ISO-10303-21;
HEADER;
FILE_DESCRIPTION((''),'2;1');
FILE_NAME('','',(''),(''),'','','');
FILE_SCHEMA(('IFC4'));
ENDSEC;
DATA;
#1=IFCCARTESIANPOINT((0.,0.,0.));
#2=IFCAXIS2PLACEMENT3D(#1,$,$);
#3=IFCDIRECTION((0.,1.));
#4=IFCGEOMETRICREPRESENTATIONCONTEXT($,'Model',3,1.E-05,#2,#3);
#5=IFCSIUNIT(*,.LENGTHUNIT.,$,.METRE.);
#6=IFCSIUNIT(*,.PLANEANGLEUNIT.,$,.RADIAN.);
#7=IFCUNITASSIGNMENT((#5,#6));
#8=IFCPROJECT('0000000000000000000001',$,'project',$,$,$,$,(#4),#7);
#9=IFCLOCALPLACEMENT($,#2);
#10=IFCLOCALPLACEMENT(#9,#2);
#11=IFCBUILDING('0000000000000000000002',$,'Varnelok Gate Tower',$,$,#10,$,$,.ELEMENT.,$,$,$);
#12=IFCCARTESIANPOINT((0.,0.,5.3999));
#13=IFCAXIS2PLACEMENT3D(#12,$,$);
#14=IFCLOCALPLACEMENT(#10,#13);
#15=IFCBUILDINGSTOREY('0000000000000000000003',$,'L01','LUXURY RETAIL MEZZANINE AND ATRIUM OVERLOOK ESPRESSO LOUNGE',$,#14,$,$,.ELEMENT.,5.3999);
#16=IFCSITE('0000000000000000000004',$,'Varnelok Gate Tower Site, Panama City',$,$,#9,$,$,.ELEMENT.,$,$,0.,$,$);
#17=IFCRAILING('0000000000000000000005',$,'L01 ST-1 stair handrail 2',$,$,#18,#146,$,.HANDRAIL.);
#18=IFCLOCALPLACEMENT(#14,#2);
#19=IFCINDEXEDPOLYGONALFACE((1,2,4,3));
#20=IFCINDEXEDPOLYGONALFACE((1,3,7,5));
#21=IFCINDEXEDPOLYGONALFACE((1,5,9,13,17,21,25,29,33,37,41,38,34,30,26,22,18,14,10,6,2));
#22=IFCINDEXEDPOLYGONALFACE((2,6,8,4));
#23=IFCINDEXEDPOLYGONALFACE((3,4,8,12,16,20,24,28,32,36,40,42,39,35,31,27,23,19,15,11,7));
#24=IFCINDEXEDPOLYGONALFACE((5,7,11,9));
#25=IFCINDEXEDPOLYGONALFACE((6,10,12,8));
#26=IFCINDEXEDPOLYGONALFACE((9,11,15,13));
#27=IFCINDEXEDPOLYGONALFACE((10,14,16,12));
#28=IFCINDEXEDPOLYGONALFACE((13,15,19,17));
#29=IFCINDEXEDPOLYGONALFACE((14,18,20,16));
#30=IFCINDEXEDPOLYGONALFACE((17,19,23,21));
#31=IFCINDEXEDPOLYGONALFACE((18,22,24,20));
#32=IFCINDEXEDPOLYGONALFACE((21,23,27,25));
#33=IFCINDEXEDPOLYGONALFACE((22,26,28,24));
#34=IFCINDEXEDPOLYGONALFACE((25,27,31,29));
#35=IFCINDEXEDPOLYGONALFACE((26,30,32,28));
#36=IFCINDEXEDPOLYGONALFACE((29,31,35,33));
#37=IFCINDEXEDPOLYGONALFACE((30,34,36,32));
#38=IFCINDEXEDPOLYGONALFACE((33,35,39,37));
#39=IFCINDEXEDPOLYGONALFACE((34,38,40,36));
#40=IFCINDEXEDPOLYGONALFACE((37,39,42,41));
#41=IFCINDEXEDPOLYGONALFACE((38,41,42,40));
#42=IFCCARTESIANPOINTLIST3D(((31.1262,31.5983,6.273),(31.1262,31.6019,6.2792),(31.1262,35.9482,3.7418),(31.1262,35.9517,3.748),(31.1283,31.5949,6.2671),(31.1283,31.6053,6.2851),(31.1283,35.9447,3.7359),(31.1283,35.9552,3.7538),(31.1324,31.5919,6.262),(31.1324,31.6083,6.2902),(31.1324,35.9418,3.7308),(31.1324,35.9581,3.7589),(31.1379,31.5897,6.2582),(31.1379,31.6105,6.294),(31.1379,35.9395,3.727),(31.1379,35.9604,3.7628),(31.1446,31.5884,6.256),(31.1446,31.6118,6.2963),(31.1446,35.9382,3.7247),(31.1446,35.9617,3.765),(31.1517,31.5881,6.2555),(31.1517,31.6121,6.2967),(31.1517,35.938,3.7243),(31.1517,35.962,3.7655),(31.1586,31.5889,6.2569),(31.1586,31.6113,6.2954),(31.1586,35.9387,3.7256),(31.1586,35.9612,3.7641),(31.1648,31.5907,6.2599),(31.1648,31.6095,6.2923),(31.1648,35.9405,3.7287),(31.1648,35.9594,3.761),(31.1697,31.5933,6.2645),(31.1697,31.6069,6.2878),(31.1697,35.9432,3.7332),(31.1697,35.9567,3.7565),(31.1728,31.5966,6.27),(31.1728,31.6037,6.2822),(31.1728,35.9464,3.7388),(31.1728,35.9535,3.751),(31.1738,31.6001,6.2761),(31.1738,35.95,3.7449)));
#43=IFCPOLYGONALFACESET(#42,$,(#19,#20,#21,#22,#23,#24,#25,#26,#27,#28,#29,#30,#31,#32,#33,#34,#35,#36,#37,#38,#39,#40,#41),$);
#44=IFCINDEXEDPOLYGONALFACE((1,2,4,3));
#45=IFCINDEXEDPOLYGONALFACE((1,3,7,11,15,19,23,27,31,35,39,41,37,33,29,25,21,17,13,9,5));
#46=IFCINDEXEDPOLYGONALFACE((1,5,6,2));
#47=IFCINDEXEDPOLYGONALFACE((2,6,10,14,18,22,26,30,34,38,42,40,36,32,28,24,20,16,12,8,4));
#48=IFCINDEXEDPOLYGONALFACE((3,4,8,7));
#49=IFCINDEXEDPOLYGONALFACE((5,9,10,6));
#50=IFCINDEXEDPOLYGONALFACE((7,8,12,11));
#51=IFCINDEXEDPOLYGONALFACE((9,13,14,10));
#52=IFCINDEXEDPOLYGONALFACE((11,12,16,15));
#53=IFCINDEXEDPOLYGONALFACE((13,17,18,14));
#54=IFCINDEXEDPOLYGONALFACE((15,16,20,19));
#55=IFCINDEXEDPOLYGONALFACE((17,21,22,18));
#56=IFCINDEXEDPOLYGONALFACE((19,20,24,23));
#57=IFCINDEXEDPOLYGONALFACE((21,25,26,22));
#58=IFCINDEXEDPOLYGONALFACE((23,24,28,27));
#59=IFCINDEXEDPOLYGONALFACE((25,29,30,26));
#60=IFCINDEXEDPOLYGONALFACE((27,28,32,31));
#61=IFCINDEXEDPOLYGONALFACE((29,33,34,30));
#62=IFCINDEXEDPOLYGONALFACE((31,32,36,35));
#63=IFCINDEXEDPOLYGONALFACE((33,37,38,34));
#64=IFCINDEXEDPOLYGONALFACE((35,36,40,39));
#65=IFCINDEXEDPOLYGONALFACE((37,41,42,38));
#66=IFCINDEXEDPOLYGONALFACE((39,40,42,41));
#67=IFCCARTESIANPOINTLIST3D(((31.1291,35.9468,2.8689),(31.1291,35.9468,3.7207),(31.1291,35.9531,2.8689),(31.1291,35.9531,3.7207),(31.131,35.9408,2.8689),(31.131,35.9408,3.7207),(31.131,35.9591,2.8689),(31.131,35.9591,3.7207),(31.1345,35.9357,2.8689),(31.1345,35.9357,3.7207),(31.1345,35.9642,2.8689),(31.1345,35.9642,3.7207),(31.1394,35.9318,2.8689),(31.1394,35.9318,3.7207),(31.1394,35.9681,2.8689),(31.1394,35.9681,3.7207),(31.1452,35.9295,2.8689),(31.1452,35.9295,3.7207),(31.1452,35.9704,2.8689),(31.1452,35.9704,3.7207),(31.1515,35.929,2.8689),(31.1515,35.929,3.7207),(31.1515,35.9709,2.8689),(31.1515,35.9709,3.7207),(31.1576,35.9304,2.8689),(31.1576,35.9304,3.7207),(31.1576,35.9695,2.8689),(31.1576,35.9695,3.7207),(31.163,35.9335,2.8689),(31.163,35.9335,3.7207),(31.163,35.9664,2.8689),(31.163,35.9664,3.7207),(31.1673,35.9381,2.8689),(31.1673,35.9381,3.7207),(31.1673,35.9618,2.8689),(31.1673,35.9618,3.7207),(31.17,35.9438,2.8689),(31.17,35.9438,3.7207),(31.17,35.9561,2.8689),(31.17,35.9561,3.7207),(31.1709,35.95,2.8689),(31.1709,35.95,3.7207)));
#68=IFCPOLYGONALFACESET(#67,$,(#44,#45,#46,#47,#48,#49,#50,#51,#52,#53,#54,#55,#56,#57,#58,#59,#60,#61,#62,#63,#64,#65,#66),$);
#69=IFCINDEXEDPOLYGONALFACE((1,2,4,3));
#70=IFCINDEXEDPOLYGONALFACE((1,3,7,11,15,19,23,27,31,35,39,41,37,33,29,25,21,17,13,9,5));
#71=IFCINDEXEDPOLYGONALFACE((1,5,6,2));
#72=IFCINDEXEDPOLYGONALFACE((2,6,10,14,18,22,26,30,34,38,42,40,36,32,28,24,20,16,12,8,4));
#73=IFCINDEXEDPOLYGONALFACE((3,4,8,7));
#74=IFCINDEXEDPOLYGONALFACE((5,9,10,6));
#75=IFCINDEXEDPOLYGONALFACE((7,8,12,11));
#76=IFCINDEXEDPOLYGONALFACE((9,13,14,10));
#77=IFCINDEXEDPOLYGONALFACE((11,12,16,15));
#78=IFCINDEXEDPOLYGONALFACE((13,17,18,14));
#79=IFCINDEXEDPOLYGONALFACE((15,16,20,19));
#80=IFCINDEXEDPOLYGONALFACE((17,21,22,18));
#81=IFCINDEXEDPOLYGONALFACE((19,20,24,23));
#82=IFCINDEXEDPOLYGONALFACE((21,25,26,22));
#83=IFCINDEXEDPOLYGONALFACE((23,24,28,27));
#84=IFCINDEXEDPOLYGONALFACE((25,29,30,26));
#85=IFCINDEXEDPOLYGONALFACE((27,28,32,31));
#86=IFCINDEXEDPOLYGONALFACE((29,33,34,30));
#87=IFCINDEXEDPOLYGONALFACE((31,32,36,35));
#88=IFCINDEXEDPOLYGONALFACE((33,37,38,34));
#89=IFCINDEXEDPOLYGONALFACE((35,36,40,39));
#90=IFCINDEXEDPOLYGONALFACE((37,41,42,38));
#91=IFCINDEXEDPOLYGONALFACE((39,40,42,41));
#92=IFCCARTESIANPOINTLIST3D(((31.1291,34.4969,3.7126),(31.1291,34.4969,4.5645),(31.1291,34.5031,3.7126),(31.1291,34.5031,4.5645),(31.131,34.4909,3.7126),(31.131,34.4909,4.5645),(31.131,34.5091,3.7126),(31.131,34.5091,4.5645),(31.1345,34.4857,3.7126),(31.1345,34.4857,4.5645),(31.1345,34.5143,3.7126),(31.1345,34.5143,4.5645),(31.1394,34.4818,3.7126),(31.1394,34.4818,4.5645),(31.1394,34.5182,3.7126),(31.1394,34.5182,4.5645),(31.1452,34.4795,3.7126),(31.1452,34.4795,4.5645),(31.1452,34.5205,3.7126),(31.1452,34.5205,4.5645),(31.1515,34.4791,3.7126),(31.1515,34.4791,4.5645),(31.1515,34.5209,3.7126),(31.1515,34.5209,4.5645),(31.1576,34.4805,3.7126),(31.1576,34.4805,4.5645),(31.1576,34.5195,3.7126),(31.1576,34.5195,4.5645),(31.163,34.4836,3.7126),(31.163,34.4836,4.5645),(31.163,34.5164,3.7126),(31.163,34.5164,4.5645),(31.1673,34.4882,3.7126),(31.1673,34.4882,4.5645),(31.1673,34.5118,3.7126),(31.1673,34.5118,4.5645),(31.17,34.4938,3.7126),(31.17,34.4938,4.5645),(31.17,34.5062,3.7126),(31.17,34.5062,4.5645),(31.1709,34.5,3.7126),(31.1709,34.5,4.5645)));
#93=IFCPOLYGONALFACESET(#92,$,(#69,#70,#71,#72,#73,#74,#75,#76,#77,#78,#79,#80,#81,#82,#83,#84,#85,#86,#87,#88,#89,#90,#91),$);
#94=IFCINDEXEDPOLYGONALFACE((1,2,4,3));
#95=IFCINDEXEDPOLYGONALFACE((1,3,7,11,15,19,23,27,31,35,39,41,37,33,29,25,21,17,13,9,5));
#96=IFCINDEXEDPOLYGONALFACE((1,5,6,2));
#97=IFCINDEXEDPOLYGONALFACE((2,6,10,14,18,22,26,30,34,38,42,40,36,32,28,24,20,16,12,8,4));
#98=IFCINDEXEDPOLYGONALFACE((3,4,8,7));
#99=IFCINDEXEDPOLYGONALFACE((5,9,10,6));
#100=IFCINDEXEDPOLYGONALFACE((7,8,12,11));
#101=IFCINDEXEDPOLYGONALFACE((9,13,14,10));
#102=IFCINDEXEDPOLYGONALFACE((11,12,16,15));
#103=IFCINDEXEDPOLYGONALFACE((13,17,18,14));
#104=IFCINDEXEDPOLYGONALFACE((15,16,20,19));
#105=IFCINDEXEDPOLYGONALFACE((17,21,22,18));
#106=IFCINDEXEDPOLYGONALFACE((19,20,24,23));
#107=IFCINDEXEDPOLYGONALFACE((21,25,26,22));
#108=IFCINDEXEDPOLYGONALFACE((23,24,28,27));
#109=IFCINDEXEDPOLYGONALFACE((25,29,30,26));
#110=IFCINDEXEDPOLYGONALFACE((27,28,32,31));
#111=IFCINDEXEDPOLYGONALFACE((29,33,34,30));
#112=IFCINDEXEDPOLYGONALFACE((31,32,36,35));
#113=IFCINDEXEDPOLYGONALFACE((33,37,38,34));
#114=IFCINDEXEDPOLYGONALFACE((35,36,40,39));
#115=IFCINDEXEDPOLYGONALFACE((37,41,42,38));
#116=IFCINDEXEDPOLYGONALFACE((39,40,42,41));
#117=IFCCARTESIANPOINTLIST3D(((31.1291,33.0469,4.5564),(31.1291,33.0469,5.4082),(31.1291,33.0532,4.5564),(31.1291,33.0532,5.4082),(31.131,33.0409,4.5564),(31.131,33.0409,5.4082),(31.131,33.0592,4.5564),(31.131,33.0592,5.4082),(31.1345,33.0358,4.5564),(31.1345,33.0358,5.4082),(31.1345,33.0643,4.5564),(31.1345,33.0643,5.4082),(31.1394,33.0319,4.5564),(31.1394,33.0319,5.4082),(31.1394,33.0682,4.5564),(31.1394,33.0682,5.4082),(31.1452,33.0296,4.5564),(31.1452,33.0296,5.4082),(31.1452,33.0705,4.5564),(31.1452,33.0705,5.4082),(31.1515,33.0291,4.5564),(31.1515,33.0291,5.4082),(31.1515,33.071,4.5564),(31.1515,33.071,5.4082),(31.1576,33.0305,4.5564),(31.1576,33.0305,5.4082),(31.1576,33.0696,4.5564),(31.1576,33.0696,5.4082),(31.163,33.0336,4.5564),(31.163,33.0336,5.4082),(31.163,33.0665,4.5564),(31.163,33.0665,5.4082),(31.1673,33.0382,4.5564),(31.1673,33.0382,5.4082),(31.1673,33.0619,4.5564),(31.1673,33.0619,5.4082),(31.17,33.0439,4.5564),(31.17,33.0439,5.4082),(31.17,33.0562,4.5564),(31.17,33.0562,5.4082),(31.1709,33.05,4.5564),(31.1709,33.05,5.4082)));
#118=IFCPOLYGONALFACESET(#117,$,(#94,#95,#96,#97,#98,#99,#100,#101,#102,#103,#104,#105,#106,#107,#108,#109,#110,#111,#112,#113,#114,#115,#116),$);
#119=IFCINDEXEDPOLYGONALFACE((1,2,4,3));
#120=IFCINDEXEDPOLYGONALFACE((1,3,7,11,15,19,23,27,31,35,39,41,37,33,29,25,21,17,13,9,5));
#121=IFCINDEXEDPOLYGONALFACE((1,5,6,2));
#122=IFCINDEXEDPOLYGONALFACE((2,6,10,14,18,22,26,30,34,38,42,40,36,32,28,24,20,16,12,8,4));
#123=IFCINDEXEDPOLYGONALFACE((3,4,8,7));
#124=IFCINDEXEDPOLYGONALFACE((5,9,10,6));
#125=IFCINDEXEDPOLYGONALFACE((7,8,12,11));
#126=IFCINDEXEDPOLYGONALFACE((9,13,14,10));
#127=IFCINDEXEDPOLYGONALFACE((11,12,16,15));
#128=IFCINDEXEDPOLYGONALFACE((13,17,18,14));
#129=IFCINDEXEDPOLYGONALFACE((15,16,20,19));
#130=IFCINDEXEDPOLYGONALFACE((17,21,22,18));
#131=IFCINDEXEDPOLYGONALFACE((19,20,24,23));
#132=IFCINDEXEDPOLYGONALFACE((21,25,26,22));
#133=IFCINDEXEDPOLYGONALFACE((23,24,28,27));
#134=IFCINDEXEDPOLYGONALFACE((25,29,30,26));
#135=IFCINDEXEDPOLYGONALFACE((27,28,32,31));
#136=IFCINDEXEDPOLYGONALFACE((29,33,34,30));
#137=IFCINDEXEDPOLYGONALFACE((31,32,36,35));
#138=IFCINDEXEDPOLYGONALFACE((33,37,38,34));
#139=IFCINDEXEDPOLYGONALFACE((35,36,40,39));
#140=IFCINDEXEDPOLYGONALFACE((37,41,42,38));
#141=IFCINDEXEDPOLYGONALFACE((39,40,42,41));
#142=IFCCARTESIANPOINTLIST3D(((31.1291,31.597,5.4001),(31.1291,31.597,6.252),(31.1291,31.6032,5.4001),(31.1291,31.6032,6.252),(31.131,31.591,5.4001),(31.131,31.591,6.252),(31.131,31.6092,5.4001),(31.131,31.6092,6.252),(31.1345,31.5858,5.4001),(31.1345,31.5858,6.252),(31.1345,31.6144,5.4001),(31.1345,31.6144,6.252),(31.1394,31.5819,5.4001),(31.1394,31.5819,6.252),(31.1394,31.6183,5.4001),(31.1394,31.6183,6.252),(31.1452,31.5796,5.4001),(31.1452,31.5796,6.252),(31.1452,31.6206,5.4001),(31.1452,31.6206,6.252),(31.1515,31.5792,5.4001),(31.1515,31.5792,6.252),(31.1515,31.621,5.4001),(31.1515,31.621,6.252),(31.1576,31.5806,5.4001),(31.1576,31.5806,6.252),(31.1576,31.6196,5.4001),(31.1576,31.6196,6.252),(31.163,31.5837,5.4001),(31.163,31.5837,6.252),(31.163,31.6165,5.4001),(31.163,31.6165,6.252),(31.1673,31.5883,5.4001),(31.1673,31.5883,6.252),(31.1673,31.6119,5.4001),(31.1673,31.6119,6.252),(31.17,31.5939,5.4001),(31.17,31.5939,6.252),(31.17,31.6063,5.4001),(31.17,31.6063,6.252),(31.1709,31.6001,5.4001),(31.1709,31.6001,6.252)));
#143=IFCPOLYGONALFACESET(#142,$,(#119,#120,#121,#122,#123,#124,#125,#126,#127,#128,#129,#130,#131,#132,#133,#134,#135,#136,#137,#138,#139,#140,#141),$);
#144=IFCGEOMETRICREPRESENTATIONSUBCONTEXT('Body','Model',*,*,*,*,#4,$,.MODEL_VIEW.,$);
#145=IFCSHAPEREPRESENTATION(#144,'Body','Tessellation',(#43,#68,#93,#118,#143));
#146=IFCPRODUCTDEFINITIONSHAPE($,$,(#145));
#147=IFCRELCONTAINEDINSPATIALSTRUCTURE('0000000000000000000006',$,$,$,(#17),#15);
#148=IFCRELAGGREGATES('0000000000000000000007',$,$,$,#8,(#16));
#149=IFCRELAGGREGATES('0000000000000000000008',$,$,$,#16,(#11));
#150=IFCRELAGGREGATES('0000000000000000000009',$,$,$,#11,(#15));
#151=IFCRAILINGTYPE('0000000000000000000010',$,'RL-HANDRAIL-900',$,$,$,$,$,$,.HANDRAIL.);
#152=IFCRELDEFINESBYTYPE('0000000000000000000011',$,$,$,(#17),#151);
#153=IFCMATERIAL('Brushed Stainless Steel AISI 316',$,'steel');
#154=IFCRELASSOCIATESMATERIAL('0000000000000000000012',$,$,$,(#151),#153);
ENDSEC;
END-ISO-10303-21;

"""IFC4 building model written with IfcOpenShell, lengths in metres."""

from ifc_helpers import new_model, si_unit, direction, frame, origin, origin_2d, place, context, subcontext, project, spatial, circle, extrude, material, type_object, element, save


model = new_model("IFC4")

# Units and contexts
model_context = context("Model", 3, precision=1e-05, world=origin(), true_north=direction((0.0, 1.0)))
body_context = subcontext(model_context, "Body", "Model", "MODEL_VIEW")
ifc_project = project(units=[si_unit("LENGTHUNIT", "METRE"), si_unit("PLANEANGLEUNIT", "RADIAN")], contexts=[model_context])

# Site, building, storey
site_placement = place(None, origin())
site = spatial("IfcSite", under=ifc_project, at=site_placement, Name="Varnelok Gate Tower Site, Panama City", CompositionType="ELEMENT", RefElevation=0.0)
building_placement = place(site_placement, origin())
building = spatial("IfcBuilding", under=site, at=building_placement, Name="Varnelok Gate Tower", CompositionType="ELEMENT")
storey_placement = place(building_placement, frame((0.0, 0.0, 5.3999)))
storey = spatial("IfcBuildingStorey", under=building, at=storey_placement, Name="L01", Description="LUXURY RETAIL MEZZANINE AND ATRIUM OVERLOOK ESPRESSO LOUNGE", CompositionType="ELEMENT", Elevation=5.3999)

# Railing
ifc_material_1 = material(Name="Brushed Stainless Steel AISI 316", Category="steel")
railing_type_1 = type_object("IfcRailingType", Name="RL-HANDRAIL-900", PredefinedType="HANDRAIL", material=ifc_material_1)
railing_1_placement = place(storey_placement, frame((31.1499, 35.95, 2.8689)))
element("IfcRailing", 1, at=railing_1_placement, inside=storey, type_object=railing_type_1, Name="L01 ST-1 stair handrail 2", PredefinedType="HANDRAIL", context=body_context, shape_type="SweptSolid", body=[
    extrude(circle(Radius=0.0239, at=origin_2d()), frame((0.0, 0.0, 0.876), z_axis=(0.0, -0.864312, 0.502957), x_axis=(1.0, 0.0, 0.0)), (0.0, 0.0, 1.0), 5.0327),
    extrude(circle(Radius=0.021, at=origin_2d()), origin(), (0.0, 0.0, 1.0), 0.8518),
    extrude(circle(Radius=0.021, at=origin_2d()), frame((0.0, -1.45, 0.8438)), (0.0, 0.0, 1.0), 0.8518),
    extrude(circle(Radius=0.021, at=origin_2d()), frame((0.0, -2.8999, 1.6875)), (0.0, 0.0, 1.0), 0.8518),
    extrude(circle(Radius=0.021, at=origin_2d()), frame((0.0, -4.3499, 2.5312)), (0.0, 0.0, 1.0), 0.8518),
])

save(model, "model.ifc")
